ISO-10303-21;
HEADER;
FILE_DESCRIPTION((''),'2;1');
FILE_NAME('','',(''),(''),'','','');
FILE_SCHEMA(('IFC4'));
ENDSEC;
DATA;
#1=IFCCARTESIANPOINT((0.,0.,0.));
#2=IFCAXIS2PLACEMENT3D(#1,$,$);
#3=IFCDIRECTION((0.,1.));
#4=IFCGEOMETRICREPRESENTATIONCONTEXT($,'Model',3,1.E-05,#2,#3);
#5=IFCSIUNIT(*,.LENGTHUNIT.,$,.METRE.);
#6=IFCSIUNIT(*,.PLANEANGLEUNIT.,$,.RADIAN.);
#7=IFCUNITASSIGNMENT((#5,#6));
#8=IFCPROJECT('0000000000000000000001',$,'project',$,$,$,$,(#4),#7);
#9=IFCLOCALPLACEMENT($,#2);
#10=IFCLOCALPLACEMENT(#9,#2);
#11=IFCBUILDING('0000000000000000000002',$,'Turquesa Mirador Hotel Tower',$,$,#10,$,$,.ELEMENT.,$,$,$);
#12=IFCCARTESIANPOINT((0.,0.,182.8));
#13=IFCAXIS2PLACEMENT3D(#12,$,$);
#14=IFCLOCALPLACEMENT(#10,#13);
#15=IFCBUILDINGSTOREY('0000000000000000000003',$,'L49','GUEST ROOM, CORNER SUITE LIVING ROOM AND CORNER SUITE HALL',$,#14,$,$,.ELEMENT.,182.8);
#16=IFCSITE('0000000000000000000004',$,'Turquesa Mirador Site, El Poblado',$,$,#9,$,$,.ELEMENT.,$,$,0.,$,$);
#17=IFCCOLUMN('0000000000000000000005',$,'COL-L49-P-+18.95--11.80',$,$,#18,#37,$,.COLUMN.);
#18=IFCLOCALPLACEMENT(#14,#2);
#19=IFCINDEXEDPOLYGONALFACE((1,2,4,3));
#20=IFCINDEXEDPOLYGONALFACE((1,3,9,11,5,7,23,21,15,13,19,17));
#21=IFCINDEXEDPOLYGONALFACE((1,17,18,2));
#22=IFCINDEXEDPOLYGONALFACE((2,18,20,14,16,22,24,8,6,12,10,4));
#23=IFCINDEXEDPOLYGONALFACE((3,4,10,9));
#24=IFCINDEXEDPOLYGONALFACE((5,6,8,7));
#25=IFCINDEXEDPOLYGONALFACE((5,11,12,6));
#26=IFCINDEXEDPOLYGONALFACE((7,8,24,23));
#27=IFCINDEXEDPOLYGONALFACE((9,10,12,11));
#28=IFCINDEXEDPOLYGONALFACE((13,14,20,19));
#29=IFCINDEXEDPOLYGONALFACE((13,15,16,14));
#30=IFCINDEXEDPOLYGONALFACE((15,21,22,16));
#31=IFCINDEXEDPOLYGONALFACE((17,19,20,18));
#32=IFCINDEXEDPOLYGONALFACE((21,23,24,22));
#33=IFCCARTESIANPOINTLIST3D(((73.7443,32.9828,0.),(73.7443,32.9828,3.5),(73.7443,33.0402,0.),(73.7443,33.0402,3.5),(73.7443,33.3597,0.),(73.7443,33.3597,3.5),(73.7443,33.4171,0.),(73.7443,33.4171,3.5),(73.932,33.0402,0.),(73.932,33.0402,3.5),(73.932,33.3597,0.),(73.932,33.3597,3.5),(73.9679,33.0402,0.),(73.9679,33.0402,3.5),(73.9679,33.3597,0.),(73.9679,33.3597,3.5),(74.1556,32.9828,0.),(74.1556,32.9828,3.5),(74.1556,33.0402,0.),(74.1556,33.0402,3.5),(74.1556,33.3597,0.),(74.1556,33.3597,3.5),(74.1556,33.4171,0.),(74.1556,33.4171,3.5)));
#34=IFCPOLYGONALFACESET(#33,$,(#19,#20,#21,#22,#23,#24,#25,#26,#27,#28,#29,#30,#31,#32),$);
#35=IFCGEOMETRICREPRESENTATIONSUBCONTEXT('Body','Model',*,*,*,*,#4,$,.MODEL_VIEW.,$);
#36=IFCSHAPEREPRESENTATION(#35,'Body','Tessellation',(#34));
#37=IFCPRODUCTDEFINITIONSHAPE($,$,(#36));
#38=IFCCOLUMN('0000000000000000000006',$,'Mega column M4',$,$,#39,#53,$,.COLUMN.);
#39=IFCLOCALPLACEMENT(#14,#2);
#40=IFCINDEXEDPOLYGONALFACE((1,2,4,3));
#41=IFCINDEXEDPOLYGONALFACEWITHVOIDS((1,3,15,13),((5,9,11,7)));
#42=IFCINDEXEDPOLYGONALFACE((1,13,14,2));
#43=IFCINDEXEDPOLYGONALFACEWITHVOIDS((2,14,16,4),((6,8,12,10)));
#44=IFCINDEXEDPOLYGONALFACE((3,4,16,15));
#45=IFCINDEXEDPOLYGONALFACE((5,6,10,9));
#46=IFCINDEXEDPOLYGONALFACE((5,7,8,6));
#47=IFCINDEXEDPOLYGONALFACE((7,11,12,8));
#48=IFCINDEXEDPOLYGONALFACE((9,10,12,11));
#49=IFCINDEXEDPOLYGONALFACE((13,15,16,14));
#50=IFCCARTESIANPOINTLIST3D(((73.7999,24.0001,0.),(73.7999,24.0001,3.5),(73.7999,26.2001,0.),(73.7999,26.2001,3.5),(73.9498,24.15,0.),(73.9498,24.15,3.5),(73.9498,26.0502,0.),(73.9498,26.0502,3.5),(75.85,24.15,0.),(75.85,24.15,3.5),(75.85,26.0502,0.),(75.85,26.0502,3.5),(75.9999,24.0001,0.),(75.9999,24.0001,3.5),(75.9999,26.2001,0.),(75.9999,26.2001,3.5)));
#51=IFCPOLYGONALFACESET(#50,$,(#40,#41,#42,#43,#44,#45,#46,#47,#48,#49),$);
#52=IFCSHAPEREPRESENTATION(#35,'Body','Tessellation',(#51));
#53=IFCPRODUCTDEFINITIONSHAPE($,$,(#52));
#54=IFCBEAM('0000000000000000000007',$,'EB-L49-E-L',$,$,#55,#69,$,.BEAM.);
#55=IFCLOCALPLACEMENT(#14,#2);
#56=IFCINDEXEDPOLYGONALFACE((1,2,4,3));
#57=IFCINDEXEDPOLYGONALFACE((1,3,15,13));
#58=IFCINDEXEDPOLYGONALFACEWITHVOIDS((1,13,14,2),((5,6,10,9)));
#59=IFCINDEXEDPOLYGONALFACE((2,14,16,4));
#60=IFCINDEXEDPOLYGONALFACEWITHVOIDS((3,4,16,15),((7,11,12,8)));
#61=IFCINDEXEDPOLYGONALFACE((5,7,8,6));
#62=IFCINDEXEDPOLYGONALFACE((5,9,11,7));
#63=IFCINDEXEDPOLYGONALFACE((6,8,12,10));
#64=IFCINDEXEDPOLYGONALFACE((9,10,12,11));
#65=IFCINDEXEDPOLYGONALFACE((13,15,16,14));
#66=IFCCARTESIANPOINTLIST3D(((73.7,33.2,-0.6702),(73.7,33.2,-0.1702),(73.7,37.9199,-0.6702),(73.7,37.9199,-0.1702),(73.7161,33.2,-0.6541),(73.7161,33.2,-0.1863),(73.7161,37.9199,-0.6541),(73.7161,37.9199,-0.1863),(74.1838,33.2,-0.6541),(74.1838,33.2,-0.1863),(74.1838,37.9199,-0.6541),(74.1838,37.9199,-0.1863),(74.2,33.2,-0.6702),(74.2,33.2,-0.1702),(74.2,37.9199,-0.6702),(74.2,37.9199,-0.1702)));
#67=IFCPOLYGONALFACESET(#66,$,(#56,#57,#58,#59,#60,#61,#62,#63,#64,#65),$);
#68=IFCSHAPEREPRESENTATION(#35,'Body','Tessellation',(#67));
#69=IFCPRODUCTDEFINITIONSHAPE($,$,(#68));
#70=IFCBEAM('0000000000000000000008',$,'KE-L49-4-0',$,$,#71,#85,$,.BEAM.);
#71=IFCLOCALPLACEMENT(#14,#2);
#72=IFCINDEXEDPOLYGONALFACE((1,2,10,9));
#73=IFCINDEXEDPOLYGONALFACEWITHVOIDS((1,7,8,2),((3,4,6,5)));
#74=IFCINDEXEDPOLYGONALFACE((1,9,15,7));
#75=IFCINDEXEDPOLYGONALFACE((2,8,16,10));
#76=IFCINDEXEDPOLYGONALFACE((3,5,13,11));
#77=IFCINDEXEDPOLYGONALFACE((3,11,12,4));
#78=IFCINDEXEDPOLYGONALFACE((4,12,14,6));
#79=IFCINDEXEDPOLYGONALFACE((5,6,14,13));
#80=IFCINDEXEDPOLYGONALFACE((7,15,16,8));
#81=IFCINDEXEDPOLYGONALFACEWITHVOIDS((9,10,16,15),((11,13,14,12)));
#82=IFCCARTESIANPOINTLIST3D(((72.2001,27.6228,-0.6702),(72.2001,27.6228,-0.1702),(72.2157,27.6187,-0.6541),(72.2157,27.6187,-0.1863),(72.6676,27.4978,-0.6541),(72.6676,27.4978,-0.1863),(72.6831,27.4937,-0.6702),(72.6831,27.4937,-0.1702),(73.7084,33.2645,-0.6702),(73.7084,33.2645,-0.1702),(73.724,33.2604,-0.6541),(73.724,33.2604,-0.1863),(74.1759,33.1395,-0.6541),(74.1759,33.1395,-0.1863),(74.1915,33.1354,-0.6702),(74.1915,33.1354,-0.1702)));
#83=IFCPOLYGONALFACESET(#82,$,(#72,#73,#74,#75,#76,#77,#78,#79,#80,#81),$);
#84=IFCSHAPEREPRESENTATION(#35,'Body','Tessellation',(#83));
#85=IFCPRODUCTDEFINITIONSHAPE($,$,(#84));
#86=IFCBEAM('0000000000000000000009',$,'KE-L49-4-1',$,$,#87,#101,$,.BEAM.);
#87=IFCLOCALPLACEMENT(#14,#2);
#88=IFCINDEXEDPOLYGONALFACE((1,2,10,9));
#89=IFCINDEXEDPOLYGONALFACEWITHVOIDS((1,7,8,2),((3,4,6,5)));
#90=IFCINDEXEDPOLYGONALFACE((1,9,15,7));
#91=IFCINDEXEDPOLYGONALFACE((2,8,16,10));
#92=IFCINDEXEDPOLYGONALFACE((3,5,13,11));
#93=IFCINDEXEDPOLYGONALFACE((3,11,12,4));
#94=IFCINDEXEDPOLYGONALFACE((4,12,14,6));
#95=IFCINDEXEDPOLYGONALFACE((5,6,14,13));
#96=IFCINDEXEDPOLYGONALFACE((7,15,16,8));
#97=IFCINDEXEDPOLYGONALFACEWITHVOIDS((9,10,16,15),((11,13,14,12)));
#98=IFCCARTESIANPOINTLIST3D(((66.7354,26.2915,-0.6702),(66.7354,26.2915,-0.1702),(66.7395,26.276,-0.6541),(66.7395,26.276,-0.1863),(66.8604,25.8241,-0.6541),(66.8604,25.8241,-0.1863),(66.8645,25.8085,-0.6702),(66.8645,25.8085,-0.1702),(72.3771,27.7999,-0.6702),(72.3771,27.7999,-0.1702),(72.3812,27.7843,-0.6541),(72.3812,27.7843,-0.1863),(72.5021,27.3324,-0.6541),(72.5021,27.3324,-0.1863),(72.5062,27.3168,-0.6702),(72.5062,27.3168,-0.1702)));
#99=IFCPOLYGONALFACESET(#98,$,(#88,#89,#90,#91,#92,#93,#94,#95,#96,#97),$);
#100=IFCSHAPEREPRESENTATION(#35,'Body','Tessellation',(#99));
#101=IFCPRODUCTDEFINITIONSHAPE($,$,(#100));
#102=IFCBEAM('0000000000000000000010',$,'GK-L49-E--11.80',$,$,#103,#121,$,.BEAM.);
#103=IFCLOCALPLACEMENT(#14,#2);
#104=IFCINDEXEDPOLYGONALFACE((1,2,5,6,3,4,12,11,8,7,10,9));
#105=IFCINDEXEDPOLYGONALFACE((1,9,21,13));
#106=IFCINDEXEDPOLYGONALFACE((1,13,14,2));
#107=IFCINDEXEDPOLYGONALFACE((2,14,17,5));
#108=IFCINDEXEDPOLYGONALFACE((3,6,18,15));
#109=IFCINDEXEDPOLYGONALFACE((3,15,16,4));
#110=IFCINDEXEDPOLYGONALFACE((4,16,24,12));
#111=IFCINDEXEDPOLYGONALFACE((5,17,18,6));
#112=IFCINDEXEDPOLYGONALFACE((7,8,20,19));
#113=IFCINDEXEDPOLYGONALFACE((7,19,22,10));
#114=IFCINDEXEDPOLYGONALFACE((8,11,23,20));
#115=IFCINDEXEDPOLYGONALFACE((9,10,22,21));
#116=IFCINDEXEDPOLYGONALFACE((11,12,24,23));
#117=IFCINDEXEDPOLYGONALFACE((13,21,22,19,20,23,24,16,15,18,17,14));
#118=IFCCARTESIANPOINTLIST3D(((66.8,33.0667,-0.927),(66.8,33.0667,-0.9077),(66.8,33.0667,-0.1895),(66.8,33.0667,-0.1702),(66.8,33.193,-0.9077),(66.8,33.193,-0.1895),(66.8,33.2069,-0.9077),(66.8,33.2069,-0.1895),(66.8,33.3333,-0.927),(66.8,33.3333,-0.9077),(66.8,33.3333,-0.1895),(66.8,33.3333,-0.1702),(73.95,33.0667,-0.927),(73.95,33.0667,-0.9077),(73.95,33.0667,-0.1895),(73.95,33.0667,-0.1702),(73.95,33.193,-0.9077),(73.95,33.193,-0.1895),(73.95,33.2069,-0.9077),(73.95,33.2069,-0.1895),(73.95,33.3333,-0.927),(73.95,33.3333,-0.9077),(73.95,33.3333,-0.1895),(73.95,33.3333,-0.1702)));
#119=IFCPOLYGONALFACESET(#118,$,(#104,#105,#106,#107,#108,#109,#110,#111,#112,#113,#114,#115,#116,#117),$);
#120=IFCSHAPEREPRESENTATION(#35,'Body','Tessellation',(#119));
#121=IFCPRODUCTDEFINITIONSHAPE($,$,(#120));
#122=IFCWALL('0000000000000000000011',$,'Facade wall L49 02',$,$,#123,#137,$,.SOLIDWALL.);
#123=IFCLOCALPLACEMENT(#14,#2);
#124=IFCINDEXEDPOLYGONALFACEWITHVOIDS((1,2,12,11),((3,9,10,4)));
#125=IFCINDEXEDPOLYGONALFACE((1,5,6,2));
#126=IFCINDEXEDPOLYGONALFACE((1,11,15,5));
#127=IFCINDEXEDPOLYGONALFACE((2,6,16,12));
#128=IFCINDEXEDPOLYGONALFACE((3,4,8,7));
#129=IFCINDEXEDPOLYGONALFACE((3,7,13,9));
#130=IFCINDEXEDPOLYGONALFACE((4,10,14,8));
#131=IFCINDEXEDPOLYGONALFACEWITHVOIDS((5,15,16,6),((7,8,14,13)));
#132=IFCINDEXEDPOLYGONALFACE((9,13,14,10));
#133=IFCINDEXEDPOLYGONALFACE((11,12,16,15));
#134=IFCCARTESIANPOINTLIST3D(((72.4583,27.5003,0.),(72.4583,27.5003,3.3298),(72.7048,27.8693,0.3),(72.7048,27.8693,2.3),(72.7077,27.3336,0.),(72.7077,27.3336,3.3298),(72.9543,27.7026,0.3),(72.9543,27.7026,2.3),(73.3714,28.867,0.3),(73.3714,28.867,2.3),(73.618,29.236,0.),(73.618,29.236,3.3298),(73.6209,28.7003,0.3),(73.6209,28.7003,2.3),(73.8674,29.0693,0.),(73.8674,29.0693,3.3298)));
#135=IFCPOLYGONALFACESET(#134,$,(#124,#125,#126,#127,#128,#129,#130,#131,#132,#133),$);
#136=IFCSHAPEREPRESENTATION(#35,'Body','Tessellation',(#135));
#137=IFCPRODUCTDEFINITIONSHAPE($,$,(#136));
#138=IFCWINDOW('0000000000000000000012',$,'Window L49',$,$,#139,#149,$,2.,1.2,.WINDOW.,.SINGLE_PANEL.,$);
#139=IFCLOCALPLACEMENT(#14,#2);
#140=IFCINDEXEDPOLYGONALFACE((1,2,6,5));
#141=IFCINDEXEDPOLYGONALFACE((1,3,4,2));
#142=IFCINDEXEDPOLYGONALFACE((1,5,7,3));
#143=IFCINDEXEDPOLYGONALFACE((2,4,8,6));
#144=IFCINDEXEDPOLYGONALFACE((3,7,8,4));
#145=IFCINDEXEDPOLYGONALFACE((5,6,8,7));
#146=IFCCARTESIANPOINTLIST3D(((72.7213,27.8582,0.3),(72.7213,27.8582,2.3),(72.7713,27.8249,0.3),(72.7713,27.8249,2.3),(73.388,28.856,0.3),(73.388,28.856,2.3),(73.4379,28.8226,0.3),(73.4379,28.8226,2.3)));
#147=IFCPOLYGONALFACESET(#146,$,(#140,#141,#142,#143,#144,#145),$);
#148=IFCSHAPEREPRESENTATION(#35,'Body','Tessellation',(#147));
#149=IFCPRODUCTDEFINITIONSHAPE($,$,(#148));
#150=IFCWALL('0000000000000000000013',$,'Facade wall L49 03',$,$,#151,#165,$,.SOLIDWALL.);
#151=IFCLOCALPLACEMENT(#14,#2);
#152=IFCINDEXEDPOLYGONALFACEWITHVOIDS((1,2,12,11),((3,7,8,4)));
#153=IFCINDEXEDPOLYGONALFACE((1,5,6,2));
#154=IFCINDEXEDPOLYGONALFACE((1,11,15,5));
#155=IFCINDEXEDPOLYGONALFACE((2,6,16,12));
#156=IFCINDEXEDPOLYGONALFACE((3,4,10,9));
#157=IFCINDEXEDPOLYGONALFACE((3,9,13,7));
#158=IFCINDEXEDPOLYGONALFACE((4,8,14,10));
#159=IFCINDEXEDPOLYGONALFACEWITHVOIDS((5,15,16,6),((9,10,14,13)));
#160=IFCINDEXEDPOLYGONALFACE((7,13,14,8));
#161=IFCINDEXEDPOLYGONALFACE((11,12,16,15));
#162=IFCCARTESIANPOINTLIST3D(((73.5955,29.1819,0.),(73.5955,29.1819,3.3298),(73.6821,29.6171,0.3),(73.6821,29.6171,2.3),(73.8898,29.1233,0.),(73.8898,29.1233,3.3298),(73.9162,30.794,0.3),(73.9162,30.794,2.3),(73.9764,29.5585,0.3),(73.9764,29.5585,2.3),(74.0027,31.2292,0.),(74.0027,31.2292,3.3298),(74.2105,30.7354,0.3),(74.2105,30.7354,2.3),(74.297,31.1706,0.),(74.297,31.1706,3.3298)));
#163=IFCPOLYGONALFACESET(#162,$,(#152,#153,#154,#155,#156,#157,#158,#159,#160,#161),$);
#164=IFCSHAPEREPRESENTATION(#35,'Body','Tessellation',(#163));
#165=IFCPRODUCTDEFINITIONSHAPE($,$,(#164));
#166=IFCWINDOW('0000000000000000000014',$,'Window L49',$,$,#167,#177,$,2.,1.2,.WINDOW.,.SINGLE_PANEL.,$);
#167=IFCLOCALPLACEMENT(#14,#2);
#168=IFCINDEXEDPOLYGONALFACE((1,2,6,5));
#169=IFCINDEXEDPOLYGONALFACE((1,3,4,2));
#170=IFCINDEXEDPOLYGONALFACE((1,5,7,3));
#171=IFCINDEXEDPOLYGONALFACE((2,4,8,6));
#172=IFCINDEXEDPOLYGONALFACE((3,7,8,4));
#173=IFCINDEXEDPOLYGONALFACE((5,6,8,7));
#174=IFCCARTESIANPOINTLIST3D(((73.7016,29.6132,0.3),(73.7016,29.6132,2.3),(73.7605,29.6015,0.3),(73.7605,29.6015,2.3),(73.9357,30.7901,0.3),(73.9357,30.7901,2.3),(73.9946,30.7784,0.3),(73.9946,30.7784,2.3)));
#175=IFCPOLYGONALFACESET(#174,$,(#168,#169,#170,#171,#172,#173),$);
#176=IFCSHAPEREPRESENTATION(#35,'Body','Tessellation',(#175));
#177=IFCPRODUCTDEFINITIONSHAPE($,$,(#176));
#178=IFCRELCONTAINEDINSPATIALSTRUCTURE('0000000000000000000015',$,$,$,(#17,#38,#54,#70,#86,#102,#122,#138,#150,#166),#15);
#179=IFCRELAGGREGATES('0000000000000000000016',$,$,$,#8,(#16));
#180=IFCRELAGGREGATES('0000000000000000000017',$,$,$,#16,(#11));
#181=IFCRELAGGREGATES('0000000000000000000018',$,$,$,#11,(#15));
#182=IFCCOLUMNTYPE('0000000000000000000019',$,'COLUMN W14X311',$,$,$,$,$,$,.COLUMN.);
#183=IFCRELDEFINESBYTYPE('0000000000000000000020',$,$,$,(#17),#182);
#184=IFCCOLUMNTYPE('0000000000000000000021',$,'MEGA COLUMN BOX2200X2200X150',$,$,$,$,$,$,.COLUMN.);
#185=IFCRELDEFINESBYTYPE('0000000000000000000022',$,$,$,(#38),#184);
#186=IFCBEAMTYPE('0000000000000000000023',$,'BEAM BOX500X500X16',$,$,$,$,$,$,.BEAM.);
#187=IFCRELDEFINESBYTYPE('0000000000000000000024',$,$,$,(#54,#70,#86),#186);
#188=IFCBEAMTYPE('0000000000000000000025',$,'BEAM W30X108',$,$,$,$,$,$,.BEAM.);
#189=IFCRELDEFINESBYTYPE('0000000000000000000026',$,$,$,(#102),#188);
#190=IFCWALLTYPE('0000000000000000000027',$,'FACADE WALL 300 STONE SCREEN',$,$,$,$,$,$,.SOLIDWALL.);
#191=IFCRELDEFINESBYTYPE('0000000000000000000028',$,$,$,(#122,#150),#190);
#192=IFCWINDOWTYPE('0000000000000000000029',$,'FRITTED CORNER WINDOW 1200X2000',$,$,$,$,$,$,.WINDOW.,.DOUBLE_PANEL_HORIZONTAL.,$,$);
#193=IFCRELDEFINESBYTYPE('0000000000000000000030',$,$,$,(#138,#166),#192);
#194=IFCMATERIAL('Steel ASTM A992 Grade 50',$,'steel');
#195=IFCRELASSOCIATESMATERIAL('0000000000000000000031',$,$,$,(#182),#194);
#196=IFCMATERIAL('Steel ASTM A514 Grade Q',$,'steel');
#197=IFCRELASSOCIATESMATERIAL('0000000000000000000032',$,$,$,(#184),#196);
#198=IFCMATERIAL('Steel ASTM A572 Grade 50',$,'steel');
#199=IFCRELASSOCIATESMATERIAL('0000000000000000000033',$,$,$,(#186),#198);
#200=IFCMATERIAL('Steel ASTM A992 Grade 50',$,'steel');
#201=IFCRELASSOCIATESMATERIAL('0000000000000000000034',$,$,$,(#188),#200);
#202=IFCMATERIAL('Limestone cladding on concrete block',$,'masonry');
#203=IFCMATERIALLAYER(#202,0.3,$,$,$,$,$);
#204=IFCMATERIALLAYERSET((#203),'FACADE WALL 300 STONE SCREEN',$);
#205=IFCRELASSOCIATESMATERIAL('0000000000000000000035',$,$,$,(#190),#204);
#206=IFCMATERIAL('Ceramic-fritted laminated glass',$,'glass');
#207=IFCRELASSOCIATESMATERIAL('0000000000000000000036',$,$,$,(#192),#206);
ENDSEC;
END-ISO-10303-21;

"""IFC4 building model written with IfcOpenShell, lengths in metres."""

from ifc_helpers import new_model, si_unit, direction, frame, frame_2d, origin, origin_2d, place, context, subcontext, project, spatial, rectangle, hollow_rectangle, i_section, extrude, material, layer, layer_set, material_profile, profile_set, type_object, element, fill, save


model = new_model("IFC4")

# Units and contexts
model_context = context("Model", 3, precision=1e-05, world=origin(), true_north=direction((0.0, 1.0)))
body_context = subcontext(model_context, "Body", "Model", "MODEL_VIEW")
ifc_project = project(units=[si_unit("LENGTHUNIT", "METRE"), si_unit("PLANEANGLEUNIT", "RADIAN")], contexts=[model_context])

# Site, building, storey
site_placement = place(None, origin())
site = spatial("IfcSite", under=ifc_project, at=site_placement, Name="Turquesa Mirador Site, El Poblado", CompositionType="ELEMENT", RefElevation=0.0)
building_placement = place(site_placement, origin())
building = spatial("IfcBuilding", under=site, at=building_placement, Name="Turquesa Mirador Hotel Tower", CompositionType="ELEMENT")
storey_placement = place(building_placement, frame((0.0, 0.0, 182.8)))
storey = spatial("IfcBuildingStorey", under=building, at=storey_placement, Name="L49", Description="GUEST ROOM, CORNER SUITE LIVING ROOM AND CORNER SUITE HALL", CompositionType="ELEMENT", Elevation=182.8)

# Columns
ifc_material_1 = material(Name="Steel ASTM A992 Grade 50", Category="steel")
ifc_material_profile_1 = material_profile(ifc_material_1, i_section(OverallWidth=0.4114, OverallDepth=0.4343, WebThickness=0.0359, FlangeThickness=0.0574, at=origin_2d()), Name="W14X311")
ifc_profile_set_1 = profile_set([ifc_material_profile_1], Name="Steel ASTM A992 Grade 50")
column_type_1 = type_object("IfcColumnType", Name="COLUMN W14X311", PredefinedType="COLUMN", material=ifc_profile_set_1)
column_1_placement = place(storey_placement, frame((73.95, 33.2, 0.0), z_axis=(0.0, 0.0, 1.0), x_axis=(1.0, 0.0, 0.0)))
element("IfcColumn", 1, at=column_1_placement, inside=storey, type_object=column_type_1, Name="COL-L49-P-+18.95--11.80", PredefinedType="COLUMN", context=body_context, shape_type="SweptSolid", body=[
    extrude(i_section(OverallWidth=0.4114, OverallDepth=0.4343, WebThickness=0.0359, FlangeThickness=0.0574, at=origin_2d()), origin(), (0.0, 0.0, 1.0), 3.5),
])
ifc_material_2 = material(Name="Steel ASTM A514 Grade Q", Category="steel")
ifc_material_profile_2 = material_profile(ifc_material_2, hollow_rectangle(XDim=2.2, YDim=2.2, WallThickness=0.1499, at=origin_2d()), Name="BOX2200X2200X150")
ifc_profile_set_2 = profile_set([ifc_material_profile_2], Name="Steel ASTM A514 Grade Q")
column_type_2 = type_object("IfcColumnType", Name="MEGA COLUMN BOX2200X2200X150", PredefinedType="COLUMN", material=ifc_profile_set_2)
column_2_placement = place(storey_placement, frame((74.8999, 25.1001, 0.0), z_axis=(0.0, 0.0, 1.0), x_axis=(1.0, 0.0, 0.0)))
element("IfcColumn", 2, at=column_2_placement, inside=storey, type_object=column_type_2, Name="Mega column M4", PredefinedType="COLUMN", context=body_context, shape_type="SweptSolid", body=[
    extrude(hollow_rectangle(XDim=2.2, YDim=2.2, WallThickness=0.1499, at=origin_2d()), origin(), (0.0, 0.0, 1.0), 3.5),
])

# Beams
ifc_material_3 = material(Name="Steel ASTM A572 Grade 50", Category="steel")
ifc_material_profile_3 = material_profile(ifc_material_3, hollow_rectangle(XDim=0.5, YDim=0.5, WallThickness=0.0161, at=origin_2d()), Name="BOX500X500X16")
ifc_profile_set_3 = profile_set([ifc_material_profile_3], Name="Steel ASTM A572 Grade 50")
beam_type_1 = type_object("IfcBeamType", Name="BEAM BOX500X500X16", PredefinedType="BEAM", material=ifc_profile_set_3)
beam_1_placement = place(storey_placement, frame((73.95, 33.2, -0.4202), z_axis=(0.0, 1.0, 0.0), x_axis=(-1.0, 0.0, 0.0)))
element("IfcBeam", 3, at=beam_1_placement, inside=storey, type_object=beam_type_1, Name="EB-L49-E-L", PredefinedType="BEAM", context=body_context, shape_type="SweptSolid", body=[
    extrude(hollow_rectangle(XDim=0.5, YDim=0.5, WallThickness=0.0161, at=origin_2d()), origin(), (0.0, 0.0, 1.0), 4.72),
])
for number, where, z_axis, x_axis, name in (
    (4, (73.95, 33.2, -0.4202), (-0.258282, -0.96607, 0.0), (0.96607, -0.258282, 0.0), "KE-L49-4-0"),
    (5, (72.4417, 27.5583, -0.4202), (-0.96607, -0.258282, 0.0), (0.258282, -0.96607, 0.0), "KE-L49-4-1"),
):
    element("IfcBeam", number, at=place(storey_placement, frame(where, z_axis=z_axis, x_axis=x_axis)), inside=storey, type_object=beam_type_1, Name=name, PredefinedType="BEAM", context=body_context, shape_type="SweptSolid", body=[
        extrude(hollow_rectangle(XDim=0.5, YDim=0.5, WallThickness=0.0161, at=origin_2d()), origin(), (0.0, 0.0, 1.0), 5.8398),
    ])
ifc_material_4 = material(Name="Steel ASTM A992 Grade 50", Category="steel")
ifc_material_profile_4 = material_profile(ifc_material_4, i_section(OverallWidth=0.2666, OverallDepth=0.7568, WebThickness=0.0139, FlangeThickness=0.0193, at=origin_2d()), Name="W30X108")
ifc_profile_set_4 = profile_set([ifc_material_profile_4], Name="Steel ASTM A992 Grade 50")
beam_type_2 = type_object("IfcBeamType", Name="BEAM W30X108", PredefinedType="BEAM", material=ifc_profile_set_4)
beam_2_placement = place(storey_placement, frame((73.95, 33.2, -0.5486), z_axis=(-1.0, 0.0, 0.0), x_axis=(0.0, -1.0, 0.0)))
element("IfcBeam", 6, at=beam_2_placement, inside=storey, type_object=beam_type_2, Name="GK-L49-E--11.80", PredefinedType="BEAM", context=body_context, shape_type="SweptSolid", body=[
    extrude(i_section(OverallWidth=0.2666, OverallDepth=0.7568, WebThickness=0.0139, FlangeThickness=0.0193, at=origin_2d()), origin(), (0.0, 0.0, 1.0), 7.1499),
])

# Walls, openings, windows
ifc_material_5 = material(Name="Limestone cladding on concrete block", Category="masonry")
ifc_layer = layer(ifc_material_5, 0.3)
ifc_layer_set = layer_set([ifc_layer], Name="FACADE WALL 300 STONE SCREEN")
wall_type = type_object("IfcWallType", Name="FACADE WALL 300 STONE SCREEN", PredefinedType="SOLIDWALL", material=ifc_layer_set)
wall_1_placement = place(storey_placement, frame((72.583, 27.417, 0.0), z_axis=(0.0, 0.0, 1.0), x_axis=(0.555564, 0.831474, 0.0)))
wall_1 = element("IfcWall", 7, at=wall_1_placement, inside=storey, type_object=wall_type, Name="Facade wall L49 02", PredefinedType="SOLIDWALL", context=body_context, shape_type="SweptSolid", body=[
    extrude(rectangle(XDim=2.0874, YDim=0.3, at=frame_2d((1.0437, 0.0))), origin(), (0.0, 0.0, 1.0), 3.3298),
])
opening_1_placement = place(wall_1_placement, frame((0.4436, 0.0, 0.3)))
opening_1 = element("IfcOpeningElement", 8, at=opening_1_placement, cuts=wall_1, PredefinedType="OPENING", context=body_context, shape_type="SweptSolid", body=[
    extrude(rectangle(XDim=1.2, YDim=2.0, at=frame_2d((0.6001, 1.0))), frame((0.0, 0.1599, 0.0), z_axis=(0.0, -1.0, 0.0), x_axis=(1.0, 0.0, 0.0)), (0.0, 0.0, 1.0), 0.3201),
])
ifc_material_6 = material(Name="Ceramic-fritted laminated glass", Category="glass")
window_type_1 = type_object("IfcWindowType", Name="FRITTED CORNER WINDOW 1200X2000", PartitioningType="DOUBLE_PANEL_HORIZONTAL", PredefinedType="WINDOW", material=ifc_material_6)
window_1_placement = place(opening_1_placement, origin())
window_1 = element("IfcWindow", 9, at=window_1_placement, inside=storey, type_object=window_type_1, Name="Window L49", OverallHeight=2.0, OverallWidth=1.2, PartitioningType="SINGLE_PANEL", PredefinedType="WINDOW", context=body_context, shape_type="SweptSolid", body=[
    extrude(rectangle(XDim=1.2, YDim=2.0, at=frame_2d((0.6001, 1.0))), frame((0.0, 0.1301, 0.0), z_axis=(0.0, -1.0, 0.0), x_axis=(1.0, 0.0, 0.0)), (0.0, 0.0, 1.0), 0.0601),
])
fill(opening_1, window_1)
wall_2_placement = place(storey_placement, frame((73.7427, 29.1526, 0.0), z_axis=(0.0, 0.0, 1.0), x_axis=(0.195081, 0.980787, 0.0)))
wall_2 = element("IfcWall", 10, at=wall_2_placement, inside=storey, type_object=wall_type, Name="Facade wall L49 03", PredefinedType="SOLIDWALL", context=body_context, shape_type="SweptSolid", body=[
    extrude(rectangle(XDim=2.0874, YDim=0.3, at=frame_2d((1.0437, 0.0))), origin(), (0.0, 0.0, 1.0), 3.3298),
])
opening_2_placement = place(wall_2_placement, frame((0.4436, 0.0, 0.3)))
opening_2 = element("IfcOpeningElement", 11, at=opening_2_placement, cuts=wall_2, PredefinedType="OPENING", context=body_context, shape_type="SweptSolid", body=[
    extrude(rectangle(XDim=1.2, YDim=2.0, at=frame_2d((0.6001, 1.0))), frame((0.0, 0.1599, 0.0), z_axis=(0.0, -1.0, 0.0), x_axis=(1.0, 0.0, 0.0)), (0.0, 0.0, 1.0), 0.3201),
])
window_2_placement = place(opening_2_placement, origin())
window_2 = element("IfcWindow", 12, at=window_2_placement, inside=storey, type_object=window_type_1, Name="Window L49", OverallHeight=2.0, OverallWidth=1.2, PartitioningType="SINGLE_PANEL", PredefinedType="WINDOW", context=body_context, shape_type="SweptSolid", body=[
    extrude(rectangle(XDim=1.2, YDim=2.0, at=frame_2d((0.6001, 1.0))), frame((0.0, 0.1301, 0.0), z_axis=(0.0, -1.0, 0.0), x_axis=(1.0, 0.0, 0.0)), (0.0, 0.0, 1.0), 0.0601),
])
fill(opening_2, window_2)

save(model, "model.ifc")
